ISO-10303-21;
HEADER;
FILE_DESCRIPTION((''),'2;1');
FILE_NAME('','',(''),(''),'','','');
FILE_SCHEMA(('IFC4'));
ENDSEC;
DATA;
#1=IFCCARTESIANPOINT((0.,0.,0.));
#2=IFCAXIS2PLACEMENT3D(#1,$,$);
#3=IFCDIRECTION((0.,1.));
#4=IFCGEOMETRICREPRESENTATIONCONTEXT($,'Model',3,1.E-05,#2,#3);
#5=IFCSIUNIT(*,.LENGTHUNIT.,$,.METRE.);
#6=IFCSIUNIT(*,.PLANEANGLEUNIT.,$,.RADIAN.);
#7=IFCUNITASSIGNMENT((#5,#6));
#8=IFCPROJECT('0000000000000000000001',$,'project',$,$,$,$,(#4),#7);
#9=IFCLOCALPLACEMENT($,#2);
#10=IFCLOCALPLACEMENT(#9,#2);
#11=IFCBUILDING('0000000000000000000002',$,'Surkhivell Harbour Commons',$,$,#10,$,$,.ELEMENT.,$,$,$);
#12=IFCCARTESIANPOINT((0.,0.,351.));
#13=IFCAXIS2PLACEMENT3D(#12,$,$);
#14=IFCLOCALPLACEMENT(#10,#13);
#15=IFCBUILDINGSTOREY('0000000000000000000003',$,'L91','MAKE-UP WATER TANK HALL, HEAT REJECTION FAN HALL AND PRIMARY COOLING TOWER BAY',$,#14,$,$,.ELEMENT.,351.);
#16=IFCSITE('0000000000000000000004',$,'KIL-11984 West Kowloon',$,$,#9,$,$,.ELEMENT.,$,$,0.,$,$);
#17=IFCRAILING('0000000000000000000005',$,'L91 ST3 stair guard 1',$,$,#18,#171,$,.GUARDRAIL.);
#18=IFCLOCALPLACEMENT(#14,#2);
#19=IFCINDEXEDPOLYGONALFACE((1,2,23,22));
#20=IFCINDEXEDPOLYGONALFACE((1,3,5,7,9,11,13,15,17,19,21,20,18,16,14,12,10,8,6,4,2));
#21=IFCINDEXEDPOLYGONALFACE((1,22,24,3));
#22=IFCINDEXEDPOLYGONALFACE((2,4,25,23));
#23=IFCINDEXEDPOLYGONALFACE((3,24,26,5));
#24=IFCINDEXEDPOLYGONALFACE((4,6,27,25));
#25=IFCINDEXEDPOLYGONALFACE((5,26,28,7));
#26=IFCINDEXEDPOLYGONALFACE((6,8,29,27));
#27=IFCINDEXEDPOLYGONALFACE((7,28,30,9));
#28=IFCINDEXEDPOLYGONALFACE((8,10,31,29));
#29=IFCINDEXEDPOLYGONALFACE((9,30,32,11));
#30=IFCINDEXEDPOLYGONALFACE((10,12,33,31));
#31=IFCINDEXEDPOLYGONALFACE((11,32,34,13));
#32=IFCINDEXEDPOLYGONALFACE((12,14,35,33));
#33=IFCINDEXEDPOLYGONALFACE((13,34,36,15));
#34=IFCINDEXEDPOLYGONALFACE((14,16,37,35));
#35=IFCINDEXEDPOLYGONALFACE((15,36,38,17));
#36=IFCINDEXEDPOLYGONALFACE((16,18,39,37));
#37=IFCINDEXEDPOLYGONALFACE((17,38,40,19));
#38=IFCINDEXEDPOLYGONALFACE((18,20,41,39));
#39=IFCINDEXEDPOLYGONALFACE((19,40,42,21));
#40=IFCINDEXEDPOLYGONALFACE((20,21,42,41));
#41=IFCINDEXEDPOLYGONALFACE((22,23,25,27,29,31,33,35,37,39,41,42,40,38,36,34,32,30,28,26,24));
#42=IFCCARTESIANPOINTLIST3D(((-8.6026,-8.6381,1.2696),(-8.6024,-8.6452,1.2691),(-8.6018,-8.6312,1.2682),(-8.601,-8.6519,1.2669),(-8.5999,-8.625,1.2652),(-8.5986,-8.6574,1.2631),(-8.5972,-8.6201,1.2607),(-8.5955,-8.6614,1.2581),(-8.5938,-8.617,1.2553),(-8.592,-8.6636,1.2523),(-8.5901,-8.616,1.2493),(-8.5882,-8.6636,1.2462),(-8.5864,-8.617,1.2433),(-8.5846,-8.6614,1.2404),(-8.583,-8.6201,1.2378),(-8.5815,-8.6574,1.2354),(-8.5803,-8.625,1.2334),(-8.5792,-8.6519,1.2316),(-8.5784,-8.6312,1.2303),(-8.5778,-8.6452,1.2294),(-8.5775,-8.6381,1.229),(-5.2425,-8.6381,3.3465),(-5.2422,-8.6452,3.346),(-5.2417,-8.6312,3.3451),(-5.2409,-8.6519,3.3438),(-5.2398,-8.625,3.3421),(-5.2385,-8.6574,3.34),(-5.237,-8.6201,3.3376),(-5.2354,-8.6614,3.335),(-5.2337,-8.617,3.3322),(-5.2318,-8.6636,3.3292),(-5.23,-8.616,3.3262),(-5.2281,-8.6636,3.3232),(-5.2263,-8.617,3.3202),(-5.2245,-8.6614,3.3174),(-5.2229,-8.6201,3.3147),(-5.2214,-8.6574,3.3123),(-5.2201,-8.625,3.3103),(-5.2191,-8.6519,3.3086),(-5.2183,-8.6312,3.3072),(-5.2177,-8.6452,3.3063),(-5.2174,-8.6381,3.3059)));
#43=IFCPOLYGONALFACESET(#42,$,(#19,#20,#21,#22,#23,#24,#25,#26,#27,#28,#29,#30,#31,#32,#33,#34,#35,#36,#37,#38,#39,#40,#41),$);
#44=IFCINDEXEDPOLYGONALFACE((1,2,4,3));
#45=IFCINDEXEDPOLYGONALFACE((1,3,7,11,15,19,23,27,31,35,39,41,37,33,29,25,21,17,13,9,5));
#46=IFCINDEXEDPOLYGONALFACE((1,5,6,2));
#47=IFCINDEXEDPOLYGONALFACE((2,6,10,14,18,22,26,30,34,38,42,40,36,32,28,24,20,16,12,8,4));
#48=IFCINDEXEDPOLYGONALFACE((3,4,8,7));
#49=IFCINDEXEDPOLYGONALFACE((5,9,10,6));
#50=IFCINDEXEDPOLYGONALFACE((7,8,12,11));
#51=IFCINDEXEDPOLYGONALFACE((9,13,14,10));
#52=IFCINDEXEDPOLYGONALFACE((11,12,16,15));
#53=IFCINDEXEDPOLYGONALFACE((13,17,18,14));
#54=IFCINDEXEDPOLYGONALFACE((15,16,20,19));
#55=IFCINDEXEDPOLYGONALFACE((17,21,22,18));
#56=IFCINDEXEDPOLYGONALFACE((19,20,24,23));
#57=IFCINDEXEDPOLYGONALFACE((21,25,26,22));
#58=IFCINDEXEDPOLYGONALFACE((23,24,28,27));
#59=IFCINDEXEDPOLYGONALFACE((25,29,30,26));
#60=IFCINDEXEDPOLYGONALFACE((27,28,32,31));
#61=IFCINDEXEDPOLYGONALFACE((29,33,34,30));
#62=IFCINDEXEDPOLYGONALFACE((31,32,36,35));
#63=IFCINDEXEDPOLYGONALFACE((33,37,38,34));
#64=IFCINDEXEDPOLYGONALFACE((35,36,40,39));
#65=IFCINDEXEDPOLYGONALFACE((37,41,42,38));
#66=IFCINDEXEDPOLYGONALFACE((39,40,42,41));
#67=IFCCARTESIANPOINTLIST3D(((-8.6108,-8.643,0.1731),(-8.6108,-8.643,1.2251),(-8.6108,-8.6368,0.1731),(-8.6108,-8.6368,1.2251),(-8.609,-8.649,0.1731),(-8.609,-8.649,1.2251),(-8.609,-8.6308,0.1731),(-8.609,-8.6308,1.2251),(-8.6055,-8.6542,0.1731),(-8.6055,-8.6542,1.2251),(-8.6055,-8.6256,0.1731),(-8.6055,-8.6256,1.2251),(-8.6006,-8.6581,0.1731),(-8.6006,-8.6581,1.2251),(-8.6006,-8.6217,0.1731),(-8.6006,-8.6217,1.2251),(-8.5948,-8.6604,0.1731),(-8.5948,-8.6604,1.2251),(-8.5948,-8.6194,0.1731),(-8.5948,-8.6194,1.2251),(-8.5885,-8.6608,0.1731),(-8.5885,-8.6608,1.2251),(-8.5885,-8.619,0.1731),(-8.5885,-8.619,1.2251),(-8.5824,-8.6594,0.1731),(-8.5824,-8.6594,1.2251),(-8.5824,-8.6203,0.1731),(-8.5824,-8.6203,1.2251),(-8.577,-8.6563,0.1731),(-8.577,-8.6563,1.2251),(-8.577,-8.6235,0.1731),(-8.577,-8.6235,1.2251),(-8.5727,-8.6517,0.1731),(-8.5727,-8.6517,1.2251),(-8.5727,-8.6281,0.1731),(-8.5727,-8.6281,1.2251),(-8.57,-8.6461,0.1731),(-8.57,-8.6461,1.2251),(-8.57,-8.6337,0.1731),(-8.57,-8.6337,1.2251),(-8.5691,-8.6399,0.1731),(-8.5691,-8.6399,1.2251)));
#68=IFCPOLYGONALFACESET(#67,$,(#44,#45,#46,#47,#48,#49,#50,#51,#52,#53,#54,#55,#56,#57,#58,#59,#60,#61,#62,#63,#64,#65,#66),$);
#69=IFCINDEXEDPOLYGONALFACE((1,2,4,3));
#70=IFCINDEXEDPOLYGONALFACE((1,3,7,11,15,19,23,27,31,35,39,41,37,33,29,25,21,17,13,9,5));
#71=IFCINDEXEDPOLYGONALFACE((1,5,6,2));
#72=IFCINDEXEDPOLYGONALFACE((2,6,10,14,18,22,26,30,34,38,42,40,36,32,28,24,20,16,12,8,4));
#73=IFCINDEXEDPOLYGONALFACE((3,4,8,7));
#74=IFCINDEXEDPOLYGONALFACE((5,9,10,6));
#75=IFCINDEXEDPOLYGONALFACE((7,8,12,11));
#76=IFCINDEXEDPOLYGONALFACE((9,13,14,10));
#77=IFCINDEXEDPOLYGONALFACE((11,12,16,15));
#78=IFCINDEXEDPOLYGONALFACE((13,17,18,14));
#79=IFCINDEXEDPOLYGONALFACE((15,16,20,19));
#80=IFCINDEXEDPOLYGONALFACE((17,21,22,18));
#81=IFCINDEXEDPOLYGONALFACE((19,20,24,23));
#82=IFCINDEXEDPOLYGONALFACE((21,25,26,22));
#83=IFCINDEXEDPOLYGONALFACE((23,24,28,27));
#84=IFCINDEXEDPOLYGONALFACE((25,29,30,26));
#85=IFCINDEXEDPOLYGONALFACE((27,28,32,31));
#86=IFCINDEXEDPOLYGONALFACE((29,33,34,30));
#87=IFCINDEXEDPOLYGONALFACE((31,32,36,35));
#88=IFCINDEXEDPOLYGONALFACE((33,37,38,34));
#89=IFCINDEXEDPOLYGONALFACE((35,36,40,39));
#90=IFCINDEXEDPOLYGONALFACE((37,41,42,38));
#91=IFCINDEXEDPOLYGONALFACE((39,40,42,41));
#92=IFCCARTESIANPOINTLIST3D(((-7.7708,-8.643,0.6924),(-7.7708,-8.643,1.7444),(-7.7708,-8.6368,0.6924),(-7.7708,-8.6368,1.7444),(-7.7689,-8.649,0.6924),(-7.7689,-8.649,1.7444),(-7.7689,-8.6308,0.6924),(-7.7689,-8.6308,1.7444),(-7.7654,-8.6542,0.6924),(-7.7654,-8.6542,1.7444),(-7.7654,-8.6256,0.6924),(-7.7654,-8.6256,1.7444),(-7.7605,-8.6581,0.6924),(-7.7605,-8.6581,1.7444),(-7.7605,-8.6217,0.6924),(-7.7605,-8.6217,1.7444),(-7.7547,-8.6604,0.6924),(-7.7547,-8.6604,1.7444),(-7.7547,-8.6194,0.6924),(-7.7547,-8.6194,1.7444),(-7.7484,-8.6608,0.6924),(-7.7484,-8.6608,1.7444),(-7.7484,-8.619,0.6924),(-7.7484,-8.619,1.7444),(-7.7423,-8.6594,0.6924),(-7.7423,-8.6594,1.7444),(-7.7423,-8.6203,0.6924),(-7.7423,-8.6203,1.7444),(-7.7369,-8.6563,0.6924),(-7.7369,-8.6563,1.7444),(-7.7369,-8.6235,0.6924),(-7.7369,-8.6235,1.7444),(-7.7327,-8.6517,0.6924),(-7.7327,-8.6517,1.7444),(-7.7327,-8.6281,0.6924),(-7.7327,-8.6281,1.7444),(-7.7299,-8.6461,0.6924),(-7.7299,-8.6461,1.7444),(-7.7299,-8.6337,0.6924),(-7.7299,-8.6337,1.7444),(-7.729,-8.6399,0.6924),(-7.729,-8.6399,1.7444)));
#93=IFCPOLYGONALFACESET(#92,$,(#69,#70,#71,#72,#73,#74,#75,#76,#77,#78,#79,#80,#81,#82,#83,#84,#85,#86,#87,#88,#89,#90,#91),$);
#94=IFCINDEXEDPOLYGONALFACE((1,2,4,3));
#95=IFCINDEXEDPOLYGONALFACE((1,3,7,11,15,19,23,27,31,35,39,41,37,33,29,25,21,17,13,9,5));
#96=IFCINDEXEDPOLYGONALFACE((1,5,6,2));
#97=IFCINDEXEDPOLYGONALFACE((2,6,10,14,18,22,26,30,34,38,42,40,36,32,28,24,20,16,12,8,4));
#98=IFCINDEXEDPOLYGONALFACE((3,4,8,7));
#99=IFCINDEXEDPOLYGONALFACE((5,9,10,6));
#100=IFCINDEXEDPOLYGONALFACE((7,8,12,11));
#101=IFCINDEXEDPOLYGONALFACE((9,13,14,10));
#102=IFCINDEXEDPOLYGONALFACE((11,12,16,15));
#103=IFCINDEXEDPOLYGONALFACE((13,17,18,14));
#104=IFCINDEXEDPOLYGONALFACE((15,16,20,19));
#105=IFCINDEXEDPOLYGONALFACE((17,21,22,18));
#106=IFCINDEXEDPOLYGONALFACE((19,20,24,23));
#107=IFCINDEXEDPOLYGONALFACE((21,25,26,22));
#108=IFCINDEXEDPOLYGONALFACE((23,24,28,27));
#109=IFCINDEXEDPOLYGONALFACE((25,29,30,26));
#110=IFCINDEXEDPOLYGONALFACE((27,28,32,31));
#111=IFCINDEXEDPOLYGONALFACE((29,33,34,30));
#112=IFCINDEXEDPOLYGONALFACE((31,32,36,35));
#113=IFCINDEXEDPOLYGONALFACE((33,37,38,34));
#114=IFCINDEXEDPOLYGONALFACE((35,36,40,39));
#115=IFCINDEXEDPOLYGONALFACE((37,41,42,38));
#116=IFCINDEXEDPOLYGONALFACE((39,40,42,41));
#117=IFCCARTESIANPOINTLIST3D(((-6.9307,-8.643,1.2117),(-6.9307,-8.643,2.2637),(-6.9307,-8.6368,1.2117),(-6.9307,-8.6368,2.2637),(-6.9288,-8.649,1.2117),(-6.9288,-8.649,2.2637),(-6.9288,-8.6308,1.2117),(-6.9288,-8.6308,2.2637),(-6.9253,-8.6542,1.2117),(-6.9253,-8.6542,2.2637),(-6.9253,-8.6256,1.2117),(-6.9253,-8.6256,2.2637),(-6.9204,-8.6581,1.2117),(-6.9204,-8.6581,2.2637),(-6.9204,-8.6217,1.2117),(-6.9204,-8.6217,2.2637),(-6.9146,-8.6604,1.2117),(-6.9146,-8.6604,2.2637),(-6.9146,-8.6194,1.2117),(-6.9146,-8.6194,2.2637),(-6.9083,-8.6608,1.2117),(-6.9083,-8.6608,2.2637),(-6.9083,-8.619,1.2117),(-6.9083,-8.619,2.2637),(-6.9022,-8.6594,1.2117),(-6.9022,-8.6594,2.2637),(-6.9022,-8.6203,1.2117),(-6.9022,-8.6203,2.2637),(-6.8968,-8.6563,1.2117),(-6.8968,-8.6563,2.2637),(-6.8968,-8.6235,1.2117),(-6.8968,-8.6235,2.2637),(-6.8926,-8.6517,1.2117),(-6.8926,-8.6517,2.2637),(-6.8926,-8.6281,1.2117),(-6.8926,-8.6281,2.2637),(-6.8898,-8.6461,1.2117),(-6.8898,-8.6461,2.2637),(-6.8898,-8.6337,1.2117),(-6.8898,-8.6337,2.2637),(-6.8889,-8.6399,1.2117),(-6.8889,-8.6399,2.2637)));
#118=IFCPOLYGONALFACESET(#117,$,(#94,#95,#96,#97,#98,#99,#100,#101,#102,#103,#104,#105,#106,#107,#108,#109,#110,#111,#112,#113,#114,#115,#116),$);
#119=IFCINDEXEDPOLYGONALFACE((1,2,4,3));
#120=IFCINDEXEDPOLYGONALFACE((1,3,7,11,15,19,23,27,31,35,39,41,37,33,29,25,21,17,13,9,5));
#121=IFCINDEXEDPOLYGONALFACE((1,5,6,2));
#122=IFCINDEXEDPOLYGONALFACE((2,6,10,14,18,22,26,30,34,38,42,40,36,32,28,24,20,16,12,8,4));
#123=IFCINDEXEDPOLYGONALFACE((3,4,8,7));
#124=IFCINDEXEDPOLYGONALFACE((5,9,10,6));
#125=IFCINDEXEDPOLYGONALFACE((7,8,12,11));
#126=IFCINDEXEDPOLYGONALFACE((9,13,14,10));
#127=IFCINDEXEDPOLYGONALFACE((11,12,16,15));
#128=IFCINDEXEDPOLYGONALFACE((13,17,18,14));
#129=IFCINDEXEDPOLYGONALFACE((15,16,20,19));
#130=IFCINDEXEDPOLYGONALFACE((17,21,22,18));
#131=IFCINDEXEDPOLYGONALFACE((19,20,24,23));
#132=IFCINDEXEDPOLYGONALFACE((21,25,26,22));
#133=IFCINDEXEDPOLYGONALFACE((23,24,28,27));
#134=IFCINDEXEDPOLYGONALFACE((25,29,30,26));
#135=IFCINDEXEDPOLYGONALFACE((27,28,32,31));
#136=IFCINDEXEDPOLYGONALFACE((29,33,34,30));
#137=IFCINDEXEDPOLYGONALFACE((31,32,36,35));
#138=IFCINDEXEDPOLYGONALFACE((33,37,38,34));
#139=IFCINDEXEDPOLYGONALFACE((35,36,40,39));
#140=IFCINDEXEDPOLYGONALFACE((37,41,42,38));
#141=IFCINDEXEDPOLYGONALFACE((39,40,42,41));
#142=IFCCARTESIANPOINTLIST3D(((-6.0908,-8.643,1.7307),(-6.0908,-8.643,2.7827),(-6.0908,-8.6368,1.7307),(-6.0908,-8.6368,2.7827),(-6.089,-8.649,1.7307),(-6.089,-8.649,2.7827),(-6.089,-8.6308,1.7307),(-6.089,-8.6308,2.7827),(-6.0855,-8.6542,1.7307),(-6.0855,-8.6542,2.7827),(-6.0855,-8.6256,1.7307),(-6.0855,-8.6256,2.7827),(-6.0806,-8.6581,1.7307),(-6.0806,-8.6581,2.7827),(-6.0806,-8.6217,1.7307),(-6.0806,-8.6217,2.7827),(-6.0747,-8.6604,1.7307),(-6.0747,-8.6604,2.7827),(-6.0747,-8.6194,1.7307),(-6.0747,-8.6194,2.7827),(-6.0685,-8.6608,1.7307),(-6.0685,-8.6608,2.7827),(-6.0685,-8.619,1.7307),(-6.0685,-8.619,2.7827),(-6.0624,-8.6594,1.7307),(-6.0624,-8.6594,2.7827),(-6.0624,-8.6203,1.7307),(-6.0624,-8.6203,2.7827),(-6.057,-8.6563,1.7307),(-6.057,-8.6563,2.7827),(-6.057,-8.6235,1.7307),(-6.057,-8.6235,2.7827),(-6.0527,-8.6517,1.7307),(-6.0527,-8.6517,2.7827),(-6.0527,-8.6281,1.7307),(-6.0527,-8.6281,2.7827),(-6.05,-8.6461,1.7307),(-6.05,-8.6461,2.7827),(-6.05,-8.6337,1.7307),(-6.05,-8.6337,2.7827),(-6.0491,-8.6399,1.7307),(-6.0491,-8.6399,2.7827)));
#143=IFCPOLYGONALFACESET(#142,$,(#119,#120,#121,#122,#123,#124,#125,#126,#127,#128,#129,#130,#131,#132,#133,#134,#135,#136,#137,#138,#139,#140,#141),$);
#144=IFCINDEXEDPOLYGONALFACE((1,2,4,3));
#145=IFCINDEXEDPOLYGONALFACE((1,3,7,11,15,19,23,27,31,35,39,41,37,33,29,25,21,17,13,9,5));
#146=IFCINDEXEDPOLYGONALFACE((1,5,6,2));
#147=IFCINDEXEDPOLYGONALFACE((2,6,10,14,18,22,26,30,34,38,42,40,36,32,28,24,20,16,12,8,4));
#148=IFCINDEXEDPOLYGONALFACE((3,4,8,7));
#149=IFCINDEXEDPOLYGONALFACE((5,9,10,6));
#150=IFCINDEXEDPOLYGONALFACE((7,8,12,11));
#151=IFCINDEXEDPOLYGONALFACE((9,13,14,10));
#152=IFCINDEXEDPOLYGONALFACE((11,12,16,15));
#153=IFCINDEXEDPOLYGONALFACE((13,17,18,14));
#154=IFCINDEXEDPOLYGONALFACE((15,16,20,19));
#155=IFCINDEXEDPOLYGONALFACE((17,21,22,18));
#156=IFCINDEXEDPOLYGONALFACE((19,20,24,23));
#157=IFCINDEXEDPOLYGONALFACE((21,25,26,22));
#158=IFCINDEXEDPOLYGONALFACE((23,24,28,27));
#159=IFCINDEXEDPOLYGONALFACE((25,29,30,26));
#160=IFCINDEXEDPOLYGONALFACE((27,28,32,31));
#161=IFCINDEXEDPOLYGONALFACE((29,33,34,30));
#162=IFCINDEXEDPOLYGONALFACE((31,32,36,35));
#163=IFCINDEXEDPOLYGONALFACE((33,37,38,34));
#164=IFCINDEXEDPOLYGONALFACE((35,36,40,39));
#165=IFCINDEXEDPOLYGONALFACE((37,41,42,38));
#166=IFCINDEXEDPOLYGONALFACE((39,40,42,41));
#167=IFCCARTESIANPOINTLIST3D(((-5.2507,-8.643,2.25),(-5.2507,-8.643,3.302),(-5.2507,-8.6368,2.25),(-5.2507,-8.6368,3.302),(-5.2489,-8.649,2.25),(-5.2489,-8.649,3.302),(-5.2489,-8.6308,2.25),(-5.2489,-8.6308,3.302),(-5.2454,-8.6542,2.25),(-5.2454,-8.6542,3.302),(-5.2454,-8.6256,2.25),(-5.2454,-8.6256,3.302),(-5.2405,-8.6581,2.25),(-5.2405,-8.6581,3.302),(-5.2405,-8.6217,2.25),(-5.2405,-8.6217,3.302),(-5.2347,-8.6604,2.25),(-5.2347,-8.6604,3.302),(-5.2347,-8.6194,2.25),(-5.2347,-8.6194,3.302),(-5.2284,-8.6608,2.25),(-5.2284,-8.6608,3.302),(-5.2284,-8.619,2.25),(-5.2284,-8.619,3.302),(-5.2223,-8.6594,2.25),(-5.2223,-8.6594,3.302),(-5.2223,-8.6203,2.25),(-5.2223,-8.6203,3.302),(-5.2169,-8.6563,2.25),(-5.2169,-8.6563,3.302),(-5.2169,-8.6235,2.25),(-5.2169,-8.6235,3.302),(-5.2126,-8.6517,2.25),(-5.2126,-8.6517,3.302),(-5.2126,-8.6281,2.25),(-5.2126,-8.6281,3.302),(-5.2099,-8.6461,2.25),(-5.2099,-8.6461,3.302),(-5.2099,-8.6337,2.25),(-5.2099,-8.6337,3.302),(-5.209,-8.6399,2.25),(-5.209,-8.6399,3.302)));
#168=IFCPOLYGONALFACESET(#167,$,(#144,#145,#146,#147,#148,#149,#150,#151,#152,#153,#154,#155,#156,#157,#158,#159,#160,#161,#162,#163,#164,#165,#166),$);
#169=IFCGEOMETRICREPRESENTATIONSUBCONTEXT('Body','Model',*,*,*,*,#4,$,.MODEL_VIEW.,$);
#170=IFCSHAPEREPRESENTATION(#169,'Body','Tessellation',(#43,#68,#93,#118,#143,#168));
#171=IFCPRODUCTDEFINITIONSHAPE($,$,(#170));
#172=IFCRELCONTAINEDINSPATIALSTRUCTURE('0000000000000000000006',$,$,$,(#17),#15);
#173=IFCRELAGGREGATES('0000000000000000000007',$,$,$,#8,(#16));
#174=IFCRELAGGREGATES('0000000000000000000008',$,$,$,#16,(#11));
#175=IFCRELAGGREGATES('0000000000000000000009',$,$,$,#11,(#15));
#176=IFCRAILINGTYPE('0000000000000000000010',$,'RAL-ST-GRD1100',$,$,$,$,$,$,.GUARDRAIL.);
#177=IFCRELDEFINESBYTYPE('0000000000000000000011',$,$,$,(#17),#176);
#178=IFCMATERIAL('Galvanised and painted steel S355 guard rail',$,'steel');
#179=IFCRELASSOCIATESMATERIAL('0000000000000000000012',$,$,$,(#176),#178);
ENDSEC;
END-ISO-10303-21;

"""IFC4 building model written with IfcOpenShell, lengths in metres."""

from ifc_helpers import new_model, si_unit, direction, frame, origin, origin_2d, place, context, subcontext, project, spatial, circle, extrude, material, type_object, element, save


model = new_model("IFC4")

# Units and contexts
model_context = context("Model", 3, precision=1e-05, world=origin(), true_north=direction((0.0, 1.0)))
body_context = subcontext(model_context, "Body", "Model", "MODEL_VIEW")
ifc_project = project(units=[si_unit("LENGTHUNIT", "METRE"), si_unit("PLANEANGLEUNIT", "RADIAN")], contexts=[model_context])

# Site, building, storey
site_placement = place(None, origin())
site = spatial("IfcSite", under=ifc_project, at=site_placement, Name="KIL-11984 West Kowloon", CompositionType="ELEMENT", RefElevation=0.0)
building_placement = place(site_placement, origin())
building = spatial("IfcBuilding", under=site, at=building_placement, Name="Surkhivell Harbour Commons", CompositionType="ELEMENT")
storey_placement = place(building_placement, frame((0.0, 0.0, 351.0)))
storey = spatial("IfcBuildingStorey", under=building, at=storey_placement, Name="L91", Description="MAKE-UP WATER TANK HALL, HEAT REJECTION FAN HALL AND PRIMARY COOLING TOWER BAY", CompositionType="ELEMENT", Elevation=351.0)

# Railing
ifc_material_1 = material(Name="Galvanised and painted steel S355 guard rail", Category="steel")
railing_type_1 = type_object("IfcRailingType", Name="RAL-ST-GRD1100", PredefinedType="GUARDRAIL", material=ifc_material_1)
railing_1_placement = place(storey_placement, frame((-8.5901, -8.6399, 0.1731)))
element("IfcRailing", 1, at=railing_1_placement, inside=storey, type_object=railing_type_1, Name="L91 ST3 stair guard 1", PredefinedType="GUARDRAIL", context=body_context, shape_type="SweptSolid", body=[
    extrude(circle(Radius=0.0239, at=origin_2d()), frame((0.0, 0.0, 1.0762), z_axis=(0.850623, 0.0, 0.525776), x_axis=(0.0, 1.0, 0.0)), (0.0, 0.0, 1.0), 3.9502),
    extrude(circle(Radius=0.021, at=origin_2d()), origin(), (0.0, 0.0, 1.0), 1.052),
    extrude(circle(Radius=0.021, at=origin_2d()), frame((0.8401, 0.0, 0.5193)), (0.0, 0.0, 1.0), 1.052),
    extrude(circle(Radius=0.021, at=origin_2d()), frame((1.6802, 0.0, 1.0386)), (0.0, 0.0, 1.0), 1.052),
    extrude(circle(Radius=0.021, at=origin_2d()), frame((2.52, 0.0, 1.5576)), (0.0, 0.0, 1.0), 1.052),
    extrude(circle(Radius=0.021, at=origin_2d()), frame((3.3601, 0.0, 2.0769)), (0.0, 0.0, 1.0), 1.052),
])

save(model, "model.ifc")
